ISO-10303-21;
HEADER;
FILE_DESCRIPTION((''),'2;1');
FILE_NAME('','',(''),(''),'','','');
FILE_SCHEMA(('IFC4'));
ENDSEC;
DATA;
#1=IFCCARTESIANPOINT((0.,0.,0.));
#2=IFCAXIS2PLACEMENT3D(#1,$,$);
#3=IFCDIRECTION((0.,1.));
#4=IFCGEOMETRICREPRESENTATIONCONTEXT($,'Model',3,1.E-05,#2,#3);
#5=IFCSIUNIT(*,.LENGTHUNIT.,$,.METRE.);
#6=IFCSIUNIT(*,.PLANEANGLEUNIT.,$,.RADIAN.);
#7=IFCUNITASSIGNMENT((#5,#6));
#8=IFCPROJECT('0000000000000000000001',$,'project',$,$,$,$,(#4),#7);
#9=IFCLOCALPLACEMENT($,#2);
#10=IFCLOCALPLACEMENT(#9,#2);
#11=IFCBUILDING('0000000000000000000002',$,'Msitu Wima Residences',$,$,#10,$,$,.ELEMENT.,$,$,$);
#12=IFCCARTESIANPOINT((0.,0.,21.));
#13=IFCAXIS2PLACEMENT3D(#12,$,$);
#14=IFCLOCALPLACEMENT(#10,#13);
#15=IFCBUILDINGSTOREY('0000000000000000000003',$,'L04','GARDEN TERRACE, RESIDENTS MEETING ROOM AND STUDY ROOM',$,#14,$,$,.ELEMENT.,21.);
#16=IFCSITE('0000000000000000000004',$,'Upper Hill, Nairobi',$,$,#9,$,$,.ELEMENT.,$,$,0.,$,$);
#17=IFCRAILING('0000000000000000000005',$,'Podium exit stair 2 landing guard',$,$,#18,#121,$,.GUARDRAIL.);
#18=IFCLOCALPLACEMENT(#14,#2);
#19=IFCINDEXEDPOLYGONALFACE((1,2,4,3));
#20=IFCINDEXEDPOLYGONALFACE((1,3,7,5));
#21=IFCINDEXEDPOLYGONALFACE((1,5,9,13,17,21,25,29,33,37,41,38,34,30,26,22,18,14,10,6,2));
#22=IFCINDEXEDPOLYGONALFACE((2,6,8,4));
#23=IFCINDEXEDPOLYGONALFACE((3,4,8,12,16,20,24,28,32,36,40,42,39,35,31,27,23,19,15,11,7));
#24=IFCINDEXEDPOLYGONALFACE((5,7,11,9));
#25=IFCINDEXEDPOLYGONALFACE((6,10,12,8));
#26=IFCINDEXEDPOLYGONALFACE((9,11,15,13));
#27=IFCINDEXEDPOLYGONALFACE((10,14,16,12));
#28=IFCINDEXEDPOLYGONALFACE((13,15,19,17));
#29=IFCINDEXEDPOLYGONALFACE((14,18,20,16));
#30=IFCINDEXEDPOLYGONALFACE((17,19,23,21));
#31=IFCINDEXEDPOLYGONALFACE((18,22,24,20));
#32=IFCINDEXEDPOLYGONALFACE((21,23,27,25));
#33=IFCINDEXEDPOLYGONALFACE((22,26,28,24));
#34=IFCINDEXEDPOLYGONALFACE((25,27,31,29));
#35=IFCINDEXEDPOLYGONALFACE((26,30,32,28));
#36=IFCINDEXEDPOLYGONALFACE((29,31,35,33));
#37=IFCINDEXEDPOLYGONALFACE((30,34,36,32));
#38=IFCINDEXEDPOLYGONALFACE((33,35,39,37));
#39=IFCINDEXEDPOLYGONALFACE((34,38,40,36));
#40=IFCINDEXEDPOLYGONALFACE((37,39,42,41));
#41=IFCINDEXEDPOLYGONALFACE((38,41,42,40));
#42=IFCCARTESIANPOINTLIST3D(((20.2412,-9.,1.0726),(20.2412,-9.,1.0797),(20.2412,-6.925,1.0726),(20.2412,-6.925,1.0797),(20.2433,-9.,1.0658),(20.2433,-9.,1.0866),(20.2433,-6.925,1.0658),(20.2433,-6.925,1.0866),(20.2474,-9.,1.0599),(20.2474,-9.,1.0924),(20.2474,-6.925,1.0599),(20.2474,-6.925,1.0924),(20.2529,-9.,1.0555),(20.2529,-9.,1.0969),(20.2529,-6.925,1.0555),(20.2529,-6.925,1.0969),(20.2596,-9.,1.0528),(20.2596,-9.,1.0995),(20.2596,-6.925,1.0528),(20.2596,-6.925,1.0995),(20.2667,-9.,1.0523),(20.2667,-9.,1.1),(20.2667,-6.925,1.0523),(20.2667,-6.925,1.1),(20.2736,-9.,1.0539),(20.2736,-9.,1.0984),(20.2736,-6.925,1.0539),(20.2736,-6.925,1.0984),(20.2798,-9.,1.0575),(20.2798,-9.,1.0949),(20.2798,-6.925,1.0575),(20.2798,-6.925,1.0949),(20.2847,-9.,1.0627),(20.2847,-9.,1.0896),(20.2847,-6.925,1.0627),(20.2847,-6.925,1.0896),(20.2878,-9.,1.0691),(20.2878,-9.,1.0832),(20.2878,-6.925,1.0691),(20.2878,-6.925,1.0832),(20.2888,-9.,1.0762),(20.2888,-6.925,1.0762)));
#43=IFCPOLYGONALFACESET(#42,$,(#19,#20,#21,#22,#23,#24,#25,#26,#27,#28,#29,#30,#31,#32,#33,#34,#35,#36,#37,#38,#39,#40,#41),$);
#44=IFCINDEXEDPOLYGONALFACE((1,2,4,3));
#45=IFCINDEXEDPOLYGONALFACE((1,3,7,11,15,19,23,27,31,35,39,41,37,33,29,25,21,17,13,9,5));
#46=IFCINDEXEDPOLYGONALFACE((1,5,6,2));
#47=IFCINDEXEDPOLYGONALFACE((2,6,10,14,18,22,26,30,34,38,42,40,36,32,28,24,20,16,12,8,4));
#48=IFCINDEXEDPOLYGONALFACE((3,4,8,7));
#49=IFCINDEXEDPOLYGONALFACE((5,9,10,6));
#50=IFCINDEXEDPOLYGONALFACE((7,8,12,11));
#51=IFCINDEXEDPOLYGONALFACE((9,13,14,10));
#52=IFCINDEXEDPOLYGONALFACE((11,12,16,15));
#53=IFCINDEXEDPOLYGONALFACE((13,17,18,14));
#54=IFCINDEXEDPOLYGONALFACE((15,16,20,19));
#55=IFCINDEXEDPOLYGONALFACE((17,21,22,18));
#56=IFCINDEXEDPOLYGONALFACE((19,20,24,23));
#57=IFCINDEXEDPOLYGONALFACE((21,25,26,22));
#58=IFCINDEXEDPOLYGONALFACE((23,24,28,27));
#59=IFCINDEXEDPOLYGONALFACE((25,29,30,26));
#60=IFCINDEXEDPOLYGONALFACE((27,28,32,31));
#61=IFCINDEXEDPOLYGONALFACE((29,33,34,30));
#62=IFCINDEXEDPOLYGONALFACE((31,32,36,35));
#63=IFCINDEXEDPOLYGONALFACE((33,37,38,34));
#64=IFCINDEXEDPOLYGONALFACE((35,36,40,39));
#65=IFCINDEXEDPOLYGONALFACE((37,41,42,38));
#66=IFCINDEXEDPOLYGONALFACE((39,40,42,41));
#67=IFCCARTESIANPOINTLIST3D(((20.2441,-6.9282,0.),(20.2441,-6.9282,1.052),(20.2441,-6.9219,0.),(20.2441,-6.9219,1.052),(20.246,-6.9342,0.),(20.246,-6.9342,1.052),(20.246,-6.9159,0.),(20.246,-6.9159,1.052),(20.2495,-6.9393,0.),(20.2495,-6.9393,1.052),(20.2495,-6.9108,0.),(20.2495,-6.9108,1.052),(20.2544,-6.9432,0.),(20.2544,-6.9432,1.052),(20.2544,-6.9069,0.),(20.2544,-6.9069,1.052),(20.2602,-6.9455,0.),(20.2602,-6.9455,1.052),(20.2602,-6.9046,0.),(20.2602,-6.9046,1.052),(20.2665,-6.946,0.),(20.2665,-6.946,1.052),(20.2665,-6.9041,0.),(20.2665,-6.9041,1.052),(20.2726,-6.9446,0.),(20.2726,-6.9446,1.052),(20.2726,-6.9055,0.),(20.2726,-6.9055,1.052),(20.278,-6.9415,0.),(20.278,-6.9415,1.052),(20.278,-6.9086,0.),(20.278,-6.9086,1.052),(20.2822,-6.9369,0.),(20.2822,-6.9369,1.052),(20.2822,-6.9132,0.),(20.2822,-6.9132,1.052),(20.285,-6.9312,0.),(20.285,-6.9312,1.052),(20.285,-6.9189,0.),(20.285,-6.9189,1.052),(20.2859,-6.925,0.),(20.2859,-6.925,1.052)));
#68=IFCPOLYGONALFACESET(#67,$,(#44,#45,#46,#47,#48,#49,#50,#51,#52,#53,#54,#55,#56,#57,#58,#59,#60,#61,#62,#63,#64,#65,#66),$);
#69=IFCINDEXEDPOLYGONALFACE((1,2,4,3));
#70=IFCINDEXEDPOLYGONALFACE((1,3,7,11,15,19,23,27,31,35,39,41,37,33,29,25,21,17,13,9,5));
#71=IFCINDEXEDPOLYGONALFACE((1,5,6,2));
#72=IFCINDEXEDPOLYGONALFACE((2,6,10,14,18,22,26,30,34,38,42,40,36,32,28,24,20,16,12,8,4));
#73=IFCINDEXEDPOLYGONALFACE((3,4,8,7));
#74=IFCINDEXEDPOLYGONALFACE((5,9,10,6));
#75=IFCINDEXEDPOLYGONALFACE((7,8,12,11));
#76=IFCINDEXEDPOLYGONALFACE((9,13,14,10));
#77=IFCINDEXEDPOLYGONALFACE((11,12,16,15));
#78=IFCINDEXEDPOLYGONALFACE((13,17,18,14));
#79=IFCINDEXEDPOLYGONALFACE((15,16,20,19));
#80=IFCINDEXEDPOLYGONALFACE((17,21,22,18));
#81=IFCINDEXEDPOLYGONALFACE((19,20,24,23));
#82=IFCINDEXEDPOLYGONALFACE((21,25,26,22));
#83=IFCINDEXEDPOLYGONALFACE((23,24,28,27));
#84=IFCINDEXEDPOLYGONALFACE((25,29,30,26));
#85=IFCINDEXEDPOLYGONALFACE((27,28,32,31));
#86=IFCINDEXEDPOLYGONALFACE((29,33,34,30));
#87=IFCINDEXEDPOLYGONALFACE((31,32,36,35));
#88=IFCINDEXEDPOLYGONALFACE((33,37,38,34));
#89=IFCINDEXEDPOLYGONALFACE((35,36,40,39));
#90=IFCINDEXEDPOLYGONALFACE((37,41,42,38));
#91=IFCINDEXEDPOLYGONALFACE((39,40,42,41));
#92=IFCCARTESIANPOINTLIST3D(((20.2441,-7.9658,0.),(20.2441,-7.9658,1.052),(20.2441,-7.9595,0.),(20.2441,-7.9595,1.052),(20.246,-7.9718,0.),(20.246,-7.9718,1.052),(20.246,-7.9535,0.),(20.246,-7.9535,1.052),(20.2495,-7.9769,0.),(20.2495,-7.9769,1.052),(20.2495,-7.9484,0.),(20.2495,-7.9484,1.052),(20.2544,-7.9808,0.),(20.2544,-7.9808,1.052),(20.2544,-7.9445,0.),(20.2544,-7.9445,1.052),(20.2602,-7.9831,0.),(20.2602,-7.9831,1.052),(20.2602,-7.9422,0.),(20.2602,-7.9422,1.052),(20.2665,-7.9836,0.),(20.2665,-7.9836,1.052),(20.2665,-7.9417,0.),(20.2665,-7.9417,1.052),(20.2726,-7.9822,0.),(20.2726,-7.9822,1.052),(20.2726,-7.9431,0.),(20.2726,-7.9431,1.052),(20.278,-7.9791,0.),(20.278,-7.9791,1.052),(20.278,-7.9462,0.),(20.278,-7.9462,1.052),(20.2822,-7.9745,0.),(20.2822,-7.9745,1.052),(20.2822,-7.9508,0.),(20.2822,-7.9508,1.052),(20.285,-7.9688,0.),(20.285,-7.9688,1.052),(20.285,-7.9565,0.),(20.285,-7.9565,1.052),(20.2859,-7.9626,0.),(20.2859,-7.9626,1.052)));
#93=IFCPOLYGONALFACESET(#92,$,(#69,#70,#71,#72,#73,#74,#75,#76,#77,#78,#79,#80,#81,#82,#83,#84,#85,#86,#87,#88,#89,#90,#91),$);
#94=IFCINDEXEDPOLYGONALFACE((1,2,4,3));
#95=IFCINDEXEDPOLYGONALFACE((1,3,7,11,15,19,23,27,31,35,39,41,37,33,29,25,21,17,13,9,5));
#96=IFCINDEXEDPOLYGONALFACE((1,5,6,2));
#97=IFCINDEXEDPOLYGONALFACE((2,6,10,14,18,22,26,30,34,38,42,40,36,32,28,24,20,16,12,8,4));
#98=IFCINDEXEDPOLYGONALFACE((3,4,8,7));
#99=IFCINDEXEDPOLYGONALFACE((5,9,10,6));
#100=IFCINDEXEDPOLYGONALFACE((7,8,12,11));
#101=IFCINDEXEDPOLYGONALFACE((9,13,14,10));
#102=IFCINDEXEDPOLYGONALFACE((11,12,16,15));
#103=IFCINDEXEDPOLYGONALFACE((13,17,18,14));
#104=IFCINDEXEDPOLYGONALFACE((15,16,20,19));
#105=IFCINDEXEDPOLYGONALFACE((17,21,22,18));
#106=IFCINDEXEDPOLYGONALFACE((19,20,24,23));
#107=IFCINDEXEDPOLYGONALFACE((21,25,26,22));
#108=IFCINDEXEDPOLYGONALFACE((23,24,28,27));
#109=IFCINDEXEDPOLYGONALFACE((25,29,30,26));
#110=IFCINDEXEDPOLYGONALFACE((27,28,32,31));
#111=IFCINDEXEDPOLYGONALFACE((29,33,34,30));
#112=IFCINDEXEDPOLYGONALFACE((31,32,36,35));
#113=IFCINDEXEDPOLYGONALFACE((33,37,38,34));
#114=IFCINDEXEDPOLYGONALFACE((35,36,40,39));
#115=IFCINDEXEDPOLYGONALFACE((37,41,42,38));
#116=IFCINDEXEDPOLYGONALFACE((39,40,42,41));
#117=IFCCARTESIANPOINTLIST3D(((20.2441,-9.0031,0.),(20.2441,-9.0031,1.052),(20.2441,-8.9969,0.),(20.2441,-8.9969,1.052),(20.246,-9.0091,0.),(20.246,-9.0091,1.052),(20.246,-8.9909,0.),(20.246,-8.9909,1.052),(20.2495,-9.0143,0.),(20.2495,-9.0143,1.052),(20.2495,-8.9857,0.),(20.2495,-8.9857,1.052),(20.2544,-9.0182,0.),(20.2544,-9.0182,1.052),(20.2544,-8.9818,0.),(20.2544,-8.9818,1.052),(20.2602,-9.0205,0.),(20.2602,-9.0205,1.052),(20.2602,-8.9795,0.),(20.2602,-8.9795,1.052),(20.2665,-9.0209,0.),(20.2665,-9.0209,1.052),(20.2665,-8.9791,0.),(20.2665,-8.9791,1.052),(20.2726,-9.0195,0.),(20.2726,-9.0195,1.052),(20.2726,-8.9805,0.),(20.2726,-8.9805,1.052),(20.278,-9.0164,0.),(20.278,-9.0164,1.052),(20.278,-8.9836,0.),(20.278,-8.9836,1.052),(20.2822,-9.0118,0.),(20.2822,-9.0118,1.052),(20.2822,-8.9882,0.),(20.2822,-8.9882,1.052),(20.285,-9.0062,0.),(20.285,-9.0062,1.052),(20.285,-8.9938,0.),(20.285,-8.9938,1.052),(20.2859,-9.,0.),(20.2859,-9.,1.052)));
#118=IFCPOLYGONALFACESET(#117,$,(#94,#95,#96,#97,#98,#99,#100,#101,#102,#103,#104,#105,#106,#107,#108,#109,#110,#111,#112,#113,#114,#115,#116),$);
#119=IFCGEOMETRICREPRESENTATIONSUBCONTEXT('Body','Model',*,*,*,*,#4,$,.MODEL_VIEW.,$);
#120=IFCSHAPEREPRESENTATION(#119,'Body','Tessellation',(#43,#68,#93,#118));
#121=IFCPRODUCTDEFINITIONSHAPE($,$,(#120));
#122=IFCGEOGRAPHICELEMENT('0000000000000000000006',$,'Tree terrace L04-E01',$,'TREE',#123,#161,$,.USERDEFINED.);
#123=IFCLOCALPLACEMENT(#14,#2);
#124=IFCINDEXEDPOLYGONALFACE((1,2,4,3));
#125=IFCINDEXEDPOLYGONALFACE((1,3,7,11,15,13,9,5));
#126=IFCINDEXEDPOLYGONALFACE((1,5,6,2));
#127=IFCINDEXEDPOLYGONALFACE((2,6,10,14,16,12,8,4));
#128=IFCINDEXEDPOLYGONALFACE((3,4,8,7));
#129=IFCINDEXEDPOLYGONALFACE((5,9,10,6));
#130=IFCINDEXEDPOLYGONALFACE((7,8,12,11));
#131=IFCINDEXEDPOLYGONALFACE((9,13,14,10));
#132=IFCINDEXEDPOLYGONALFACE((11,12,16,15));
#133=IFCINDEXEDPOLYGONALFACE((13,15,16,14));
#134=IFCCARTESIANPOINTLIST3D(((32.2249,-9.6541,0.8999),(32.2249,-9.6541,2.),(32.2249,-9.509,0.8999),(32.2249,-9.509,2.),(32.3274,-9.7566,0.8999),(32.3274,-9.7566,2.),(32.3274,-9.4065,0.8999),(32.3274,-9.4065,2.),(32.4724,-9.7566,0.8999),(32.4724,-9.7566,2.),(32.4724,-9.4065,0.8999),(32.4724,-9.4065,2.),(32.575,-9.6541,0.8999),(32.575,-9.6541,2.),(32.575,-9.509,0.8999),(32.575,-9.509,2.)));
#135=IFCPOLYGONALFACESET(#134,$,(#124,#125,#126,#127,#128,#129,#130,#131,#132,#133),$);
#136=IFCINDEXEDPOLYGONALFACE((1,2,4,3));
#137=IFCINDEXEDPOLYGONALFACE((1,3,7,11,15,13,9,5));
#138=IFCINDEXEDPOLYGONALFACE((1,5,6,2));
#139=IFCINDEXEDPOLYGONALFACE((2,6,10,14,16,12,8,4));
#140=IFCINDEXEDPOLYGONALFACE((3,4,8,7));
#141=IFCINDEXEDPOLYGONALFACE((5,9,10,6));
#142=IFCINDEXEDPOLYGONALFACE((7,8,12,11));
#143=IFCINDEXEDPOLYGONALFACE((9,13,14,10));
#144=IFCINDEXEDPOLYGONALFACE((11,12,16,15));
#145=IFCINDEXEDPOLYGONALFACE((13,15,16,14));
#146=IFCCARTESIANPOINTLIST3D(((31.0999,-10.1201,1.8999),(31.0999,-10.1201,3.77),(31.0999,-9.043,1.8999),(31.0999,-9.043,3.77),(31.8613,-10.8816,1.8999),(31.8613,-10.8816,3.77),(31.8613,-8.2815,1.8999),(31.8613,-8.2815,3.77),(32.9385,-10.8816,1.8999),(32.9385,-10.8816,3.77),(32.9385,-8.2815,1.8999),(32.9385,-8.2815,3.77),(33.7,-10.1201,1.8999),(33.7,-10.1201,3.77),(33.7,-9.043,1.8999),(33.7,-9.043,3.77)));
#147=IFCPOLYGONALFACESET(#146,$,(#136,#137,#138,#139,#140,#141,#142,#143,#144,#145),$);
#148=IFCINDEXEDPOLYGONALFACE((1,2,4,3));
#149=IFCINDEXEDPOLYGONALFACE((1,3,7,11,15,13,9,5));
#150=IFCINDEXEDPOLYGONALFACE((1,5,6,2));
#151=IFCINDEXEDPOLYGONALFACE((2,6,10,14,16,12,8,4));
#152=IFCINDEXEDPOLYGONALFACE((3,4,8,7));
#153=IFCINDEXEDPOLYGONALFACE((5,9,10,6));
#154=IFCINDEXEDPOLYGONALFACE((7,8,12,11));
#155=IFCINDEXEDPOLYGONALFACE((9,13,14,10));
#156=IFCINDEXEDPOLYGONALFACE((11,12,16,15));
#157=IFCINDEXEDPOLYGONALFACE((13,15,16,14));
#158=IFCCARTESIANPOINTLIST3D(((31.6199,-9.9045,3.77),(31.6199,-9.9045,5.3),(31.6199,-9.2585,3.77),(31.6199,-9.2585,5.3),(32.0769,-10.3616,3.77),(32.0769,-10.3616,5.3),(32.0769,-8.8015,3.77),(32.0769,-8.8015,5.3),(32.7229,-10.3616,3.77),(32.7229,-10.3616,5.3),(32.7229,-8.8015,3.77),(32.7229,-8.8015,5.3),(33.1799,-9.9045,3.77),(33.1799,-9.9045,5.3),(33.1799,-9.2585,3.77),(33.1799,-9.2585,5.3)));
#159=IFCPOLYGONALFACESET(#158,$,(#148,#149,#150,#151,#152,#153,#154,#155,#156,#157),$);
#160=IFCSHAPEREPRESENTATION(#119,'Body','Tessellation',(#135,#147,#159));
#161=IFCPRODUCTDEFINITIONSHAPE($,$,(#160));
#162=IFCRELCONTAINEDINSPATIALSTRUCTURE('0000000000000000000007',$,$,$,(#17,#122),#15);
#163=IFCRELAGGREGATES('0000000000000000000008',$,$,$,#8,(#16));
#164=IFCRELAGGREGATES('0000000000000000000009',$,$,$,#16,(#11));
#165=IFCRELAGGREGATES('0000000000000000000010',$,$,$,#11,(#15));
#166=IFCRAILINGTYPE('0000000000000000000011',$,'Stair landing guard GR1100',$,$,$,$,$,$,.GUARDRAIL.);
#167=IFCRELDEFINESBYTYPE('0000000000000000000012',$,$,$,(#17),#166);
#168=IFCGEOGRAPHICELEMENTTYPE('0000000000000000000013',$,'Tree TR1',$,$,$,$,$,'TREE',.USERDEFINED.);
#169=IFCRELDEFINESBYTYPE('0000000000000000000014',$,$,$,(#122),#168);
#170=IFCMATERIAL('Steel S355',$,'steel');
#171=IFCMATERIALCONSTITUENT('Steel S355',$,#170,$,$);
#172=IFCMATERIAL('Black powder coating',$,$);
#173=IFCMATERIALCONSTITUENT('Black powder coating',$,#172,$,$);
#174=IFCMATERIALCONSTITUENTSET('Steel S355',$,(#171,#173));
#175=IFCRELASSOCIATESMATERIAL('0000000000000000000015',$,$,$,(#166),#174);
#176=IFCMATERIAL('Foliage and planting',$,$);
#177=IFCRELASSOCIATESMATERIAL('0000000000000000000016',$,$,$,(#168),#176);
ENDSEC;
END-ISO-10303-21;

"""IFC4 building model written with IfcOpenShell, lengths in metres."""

from ifc_helpers import new_model, si_unit, direction, frame, origin, origin_2d, place, context, subcontext, project, spatial, polyline, circle, outline, extrude, material, constituent, constituent_set, type_object, element, save


model = new_model("IFC4")

# Units and contexts
model_context = context("Model", 3, precision=1e-05, world=origin(), true_north=direction((0.0, 1.0)))
body_context = subcontext(model_context, "Body", "Model", "MODEL_VIEW")
ifc_project = project(units=[si_unit("LENGTHUNIT", "METRE"), si_unit("PLANEANGLEUNIT", "RADIAN")], contexts=[model_context])

# Site, building, storey
site_placement = place(None, origin())
site = spatial("IfcSite", under=ifc_project, at=site_placement, Name="Upper Hill, Nairobi", CompositionType="ELEMENT", RefElevation=0.0)
building_placement = place(site_placement, origin())
building = spatial("IfcBuilding", under=site, at=building_placement, Name="Msitu Wima Residences", CompositionType="ELEMENT")
storey_placement = place(building_placement, frame((0.0, 0.0, 21.0)))
storey = spatial("IfcBuildingStorey", under=building, at=storey_placement, Name="L04", Description="GARDEN TERRACE, RESIDENTS MEETING ROOM AND STUDY ROOM", CompositionType="ELEMENT", Elevation=21.0)

# Railing
ifc_material_1 = material(Name="Steel S355", Category="steel")
ifc_material_2 = material(Name="Black powder coating")
ifc_constituent_1 = constituent(ifc_material_1, Name="Steel S355")
ifc_constituent_2 = constituent(ifc_material_2, Name="Black powder coating")
ifc_constituent_set_1 = constituent_set(constituents=[ifc_constituent_1, ifc_constituent_2], Name="Steel S355")
railing_type_1 = type_object("IfcRailingType", Name="Stair landing guard GR1100", PredefinedType="GUARDRAIL", material=ifc_constituent_set_1)
railing_1_placement = place(storey_placement, frame((20.2649, -6.925, 0.0)))
element("IfcRailing", 1, at=railing_1_placement, inside=storey, type_object=railing_type_1, Name="Podium exit stair 2 landing guard", PredefinedType="GUARDRAIL", context=body_context, shape_type="SweptSolid", body=[
    extrude(circle(Radius=0.0239, at=origin_2d()), frame((0.0, 0.0, 1.0762), z_axis=(0.0, -1.0, 0.0), x_axis=(1.0, 0.0, 0.0)), (0.0, 0.0, 1.0), 2.075),
    extrude(circle(Radius=0.021, at=origin_2d()), origin(), (0.0, 0.0, 1.0), 1.052),
    extrude(circle(Radius=0.021, at=origin_2d()), frame((0.0, -1.0376, 0.0)), (0.0, 0.0, 1.0), 1.052),
    extrude(circle(Radius=0.021, at=origin_2d()), frame((0.0, -2.075, 0.0)), (0.0, 0.0, 1.0), 1.052),
])

# Geographic element
ifc_material_3 = material(Name="Foliage and planting")
geographic_element_type = type_object("IfcGeographicElementType", Name="Tree TR1", ElementType="TREE", PredefinedType="USERDEFINED", material=ifc_material_3)
geographic_element_placement = place(storey_placement, frame((32.3999, -9.5815, 0.8999), z_axis=(0.0, 0.0, 1.0), x_axis=(1.0, 0.0, 0.0)))
element("IfcGeographicElement", 2, at=geographic_element_placement, inside=storey, type_object=geographic_element_type, Name="Tree terrace L04-E01", ObjectType="TREE", PredefinedType="USERDEFINED", context=body_context, shape_type="SweptSolid", body=[
    extrude(outline(polyline([(0.175, 0.0725), (0.0725, 0.175), (-0.0725, 0.175), (-0.175, 0.0725), (-0.175, -0.0725), (-0.0725, -0.175), (0.0725, -0.175), (0.175, -0.0725), (0.175, 0.0725)])), origin(), (0.0, 0.0, 1.0), 1.1001),
    extrude(outline(polyline([(1.3, 0.5386), (0.5386, 1.3), (-0.5386, 1.3), (-1.3, 0.5386), (-1.3, -0.5386), (-0.5386, -1.3), (0.5386, -1.3), (1.3, -0.5386), (1.3, 0.5386)])), frame((0.0, 0.0, 1.0)), (0.0, 0.0, 1.0), 1.8701),
    extrude(outline(polyline([(0.78, 0.323), (0.323, 0.78), (-0.323, 0.78), (-0.78, 0.323), (-0.78, -0.323), (-0.323, -0.78), (0.323, -0.78), (0.78, -0.323), (0.78, 0.323)])), frame((0.0, 0.0, 2.8701)), (0.0, 0.0, 1.0), 1.53),
])

save(model, "model.ifc")
